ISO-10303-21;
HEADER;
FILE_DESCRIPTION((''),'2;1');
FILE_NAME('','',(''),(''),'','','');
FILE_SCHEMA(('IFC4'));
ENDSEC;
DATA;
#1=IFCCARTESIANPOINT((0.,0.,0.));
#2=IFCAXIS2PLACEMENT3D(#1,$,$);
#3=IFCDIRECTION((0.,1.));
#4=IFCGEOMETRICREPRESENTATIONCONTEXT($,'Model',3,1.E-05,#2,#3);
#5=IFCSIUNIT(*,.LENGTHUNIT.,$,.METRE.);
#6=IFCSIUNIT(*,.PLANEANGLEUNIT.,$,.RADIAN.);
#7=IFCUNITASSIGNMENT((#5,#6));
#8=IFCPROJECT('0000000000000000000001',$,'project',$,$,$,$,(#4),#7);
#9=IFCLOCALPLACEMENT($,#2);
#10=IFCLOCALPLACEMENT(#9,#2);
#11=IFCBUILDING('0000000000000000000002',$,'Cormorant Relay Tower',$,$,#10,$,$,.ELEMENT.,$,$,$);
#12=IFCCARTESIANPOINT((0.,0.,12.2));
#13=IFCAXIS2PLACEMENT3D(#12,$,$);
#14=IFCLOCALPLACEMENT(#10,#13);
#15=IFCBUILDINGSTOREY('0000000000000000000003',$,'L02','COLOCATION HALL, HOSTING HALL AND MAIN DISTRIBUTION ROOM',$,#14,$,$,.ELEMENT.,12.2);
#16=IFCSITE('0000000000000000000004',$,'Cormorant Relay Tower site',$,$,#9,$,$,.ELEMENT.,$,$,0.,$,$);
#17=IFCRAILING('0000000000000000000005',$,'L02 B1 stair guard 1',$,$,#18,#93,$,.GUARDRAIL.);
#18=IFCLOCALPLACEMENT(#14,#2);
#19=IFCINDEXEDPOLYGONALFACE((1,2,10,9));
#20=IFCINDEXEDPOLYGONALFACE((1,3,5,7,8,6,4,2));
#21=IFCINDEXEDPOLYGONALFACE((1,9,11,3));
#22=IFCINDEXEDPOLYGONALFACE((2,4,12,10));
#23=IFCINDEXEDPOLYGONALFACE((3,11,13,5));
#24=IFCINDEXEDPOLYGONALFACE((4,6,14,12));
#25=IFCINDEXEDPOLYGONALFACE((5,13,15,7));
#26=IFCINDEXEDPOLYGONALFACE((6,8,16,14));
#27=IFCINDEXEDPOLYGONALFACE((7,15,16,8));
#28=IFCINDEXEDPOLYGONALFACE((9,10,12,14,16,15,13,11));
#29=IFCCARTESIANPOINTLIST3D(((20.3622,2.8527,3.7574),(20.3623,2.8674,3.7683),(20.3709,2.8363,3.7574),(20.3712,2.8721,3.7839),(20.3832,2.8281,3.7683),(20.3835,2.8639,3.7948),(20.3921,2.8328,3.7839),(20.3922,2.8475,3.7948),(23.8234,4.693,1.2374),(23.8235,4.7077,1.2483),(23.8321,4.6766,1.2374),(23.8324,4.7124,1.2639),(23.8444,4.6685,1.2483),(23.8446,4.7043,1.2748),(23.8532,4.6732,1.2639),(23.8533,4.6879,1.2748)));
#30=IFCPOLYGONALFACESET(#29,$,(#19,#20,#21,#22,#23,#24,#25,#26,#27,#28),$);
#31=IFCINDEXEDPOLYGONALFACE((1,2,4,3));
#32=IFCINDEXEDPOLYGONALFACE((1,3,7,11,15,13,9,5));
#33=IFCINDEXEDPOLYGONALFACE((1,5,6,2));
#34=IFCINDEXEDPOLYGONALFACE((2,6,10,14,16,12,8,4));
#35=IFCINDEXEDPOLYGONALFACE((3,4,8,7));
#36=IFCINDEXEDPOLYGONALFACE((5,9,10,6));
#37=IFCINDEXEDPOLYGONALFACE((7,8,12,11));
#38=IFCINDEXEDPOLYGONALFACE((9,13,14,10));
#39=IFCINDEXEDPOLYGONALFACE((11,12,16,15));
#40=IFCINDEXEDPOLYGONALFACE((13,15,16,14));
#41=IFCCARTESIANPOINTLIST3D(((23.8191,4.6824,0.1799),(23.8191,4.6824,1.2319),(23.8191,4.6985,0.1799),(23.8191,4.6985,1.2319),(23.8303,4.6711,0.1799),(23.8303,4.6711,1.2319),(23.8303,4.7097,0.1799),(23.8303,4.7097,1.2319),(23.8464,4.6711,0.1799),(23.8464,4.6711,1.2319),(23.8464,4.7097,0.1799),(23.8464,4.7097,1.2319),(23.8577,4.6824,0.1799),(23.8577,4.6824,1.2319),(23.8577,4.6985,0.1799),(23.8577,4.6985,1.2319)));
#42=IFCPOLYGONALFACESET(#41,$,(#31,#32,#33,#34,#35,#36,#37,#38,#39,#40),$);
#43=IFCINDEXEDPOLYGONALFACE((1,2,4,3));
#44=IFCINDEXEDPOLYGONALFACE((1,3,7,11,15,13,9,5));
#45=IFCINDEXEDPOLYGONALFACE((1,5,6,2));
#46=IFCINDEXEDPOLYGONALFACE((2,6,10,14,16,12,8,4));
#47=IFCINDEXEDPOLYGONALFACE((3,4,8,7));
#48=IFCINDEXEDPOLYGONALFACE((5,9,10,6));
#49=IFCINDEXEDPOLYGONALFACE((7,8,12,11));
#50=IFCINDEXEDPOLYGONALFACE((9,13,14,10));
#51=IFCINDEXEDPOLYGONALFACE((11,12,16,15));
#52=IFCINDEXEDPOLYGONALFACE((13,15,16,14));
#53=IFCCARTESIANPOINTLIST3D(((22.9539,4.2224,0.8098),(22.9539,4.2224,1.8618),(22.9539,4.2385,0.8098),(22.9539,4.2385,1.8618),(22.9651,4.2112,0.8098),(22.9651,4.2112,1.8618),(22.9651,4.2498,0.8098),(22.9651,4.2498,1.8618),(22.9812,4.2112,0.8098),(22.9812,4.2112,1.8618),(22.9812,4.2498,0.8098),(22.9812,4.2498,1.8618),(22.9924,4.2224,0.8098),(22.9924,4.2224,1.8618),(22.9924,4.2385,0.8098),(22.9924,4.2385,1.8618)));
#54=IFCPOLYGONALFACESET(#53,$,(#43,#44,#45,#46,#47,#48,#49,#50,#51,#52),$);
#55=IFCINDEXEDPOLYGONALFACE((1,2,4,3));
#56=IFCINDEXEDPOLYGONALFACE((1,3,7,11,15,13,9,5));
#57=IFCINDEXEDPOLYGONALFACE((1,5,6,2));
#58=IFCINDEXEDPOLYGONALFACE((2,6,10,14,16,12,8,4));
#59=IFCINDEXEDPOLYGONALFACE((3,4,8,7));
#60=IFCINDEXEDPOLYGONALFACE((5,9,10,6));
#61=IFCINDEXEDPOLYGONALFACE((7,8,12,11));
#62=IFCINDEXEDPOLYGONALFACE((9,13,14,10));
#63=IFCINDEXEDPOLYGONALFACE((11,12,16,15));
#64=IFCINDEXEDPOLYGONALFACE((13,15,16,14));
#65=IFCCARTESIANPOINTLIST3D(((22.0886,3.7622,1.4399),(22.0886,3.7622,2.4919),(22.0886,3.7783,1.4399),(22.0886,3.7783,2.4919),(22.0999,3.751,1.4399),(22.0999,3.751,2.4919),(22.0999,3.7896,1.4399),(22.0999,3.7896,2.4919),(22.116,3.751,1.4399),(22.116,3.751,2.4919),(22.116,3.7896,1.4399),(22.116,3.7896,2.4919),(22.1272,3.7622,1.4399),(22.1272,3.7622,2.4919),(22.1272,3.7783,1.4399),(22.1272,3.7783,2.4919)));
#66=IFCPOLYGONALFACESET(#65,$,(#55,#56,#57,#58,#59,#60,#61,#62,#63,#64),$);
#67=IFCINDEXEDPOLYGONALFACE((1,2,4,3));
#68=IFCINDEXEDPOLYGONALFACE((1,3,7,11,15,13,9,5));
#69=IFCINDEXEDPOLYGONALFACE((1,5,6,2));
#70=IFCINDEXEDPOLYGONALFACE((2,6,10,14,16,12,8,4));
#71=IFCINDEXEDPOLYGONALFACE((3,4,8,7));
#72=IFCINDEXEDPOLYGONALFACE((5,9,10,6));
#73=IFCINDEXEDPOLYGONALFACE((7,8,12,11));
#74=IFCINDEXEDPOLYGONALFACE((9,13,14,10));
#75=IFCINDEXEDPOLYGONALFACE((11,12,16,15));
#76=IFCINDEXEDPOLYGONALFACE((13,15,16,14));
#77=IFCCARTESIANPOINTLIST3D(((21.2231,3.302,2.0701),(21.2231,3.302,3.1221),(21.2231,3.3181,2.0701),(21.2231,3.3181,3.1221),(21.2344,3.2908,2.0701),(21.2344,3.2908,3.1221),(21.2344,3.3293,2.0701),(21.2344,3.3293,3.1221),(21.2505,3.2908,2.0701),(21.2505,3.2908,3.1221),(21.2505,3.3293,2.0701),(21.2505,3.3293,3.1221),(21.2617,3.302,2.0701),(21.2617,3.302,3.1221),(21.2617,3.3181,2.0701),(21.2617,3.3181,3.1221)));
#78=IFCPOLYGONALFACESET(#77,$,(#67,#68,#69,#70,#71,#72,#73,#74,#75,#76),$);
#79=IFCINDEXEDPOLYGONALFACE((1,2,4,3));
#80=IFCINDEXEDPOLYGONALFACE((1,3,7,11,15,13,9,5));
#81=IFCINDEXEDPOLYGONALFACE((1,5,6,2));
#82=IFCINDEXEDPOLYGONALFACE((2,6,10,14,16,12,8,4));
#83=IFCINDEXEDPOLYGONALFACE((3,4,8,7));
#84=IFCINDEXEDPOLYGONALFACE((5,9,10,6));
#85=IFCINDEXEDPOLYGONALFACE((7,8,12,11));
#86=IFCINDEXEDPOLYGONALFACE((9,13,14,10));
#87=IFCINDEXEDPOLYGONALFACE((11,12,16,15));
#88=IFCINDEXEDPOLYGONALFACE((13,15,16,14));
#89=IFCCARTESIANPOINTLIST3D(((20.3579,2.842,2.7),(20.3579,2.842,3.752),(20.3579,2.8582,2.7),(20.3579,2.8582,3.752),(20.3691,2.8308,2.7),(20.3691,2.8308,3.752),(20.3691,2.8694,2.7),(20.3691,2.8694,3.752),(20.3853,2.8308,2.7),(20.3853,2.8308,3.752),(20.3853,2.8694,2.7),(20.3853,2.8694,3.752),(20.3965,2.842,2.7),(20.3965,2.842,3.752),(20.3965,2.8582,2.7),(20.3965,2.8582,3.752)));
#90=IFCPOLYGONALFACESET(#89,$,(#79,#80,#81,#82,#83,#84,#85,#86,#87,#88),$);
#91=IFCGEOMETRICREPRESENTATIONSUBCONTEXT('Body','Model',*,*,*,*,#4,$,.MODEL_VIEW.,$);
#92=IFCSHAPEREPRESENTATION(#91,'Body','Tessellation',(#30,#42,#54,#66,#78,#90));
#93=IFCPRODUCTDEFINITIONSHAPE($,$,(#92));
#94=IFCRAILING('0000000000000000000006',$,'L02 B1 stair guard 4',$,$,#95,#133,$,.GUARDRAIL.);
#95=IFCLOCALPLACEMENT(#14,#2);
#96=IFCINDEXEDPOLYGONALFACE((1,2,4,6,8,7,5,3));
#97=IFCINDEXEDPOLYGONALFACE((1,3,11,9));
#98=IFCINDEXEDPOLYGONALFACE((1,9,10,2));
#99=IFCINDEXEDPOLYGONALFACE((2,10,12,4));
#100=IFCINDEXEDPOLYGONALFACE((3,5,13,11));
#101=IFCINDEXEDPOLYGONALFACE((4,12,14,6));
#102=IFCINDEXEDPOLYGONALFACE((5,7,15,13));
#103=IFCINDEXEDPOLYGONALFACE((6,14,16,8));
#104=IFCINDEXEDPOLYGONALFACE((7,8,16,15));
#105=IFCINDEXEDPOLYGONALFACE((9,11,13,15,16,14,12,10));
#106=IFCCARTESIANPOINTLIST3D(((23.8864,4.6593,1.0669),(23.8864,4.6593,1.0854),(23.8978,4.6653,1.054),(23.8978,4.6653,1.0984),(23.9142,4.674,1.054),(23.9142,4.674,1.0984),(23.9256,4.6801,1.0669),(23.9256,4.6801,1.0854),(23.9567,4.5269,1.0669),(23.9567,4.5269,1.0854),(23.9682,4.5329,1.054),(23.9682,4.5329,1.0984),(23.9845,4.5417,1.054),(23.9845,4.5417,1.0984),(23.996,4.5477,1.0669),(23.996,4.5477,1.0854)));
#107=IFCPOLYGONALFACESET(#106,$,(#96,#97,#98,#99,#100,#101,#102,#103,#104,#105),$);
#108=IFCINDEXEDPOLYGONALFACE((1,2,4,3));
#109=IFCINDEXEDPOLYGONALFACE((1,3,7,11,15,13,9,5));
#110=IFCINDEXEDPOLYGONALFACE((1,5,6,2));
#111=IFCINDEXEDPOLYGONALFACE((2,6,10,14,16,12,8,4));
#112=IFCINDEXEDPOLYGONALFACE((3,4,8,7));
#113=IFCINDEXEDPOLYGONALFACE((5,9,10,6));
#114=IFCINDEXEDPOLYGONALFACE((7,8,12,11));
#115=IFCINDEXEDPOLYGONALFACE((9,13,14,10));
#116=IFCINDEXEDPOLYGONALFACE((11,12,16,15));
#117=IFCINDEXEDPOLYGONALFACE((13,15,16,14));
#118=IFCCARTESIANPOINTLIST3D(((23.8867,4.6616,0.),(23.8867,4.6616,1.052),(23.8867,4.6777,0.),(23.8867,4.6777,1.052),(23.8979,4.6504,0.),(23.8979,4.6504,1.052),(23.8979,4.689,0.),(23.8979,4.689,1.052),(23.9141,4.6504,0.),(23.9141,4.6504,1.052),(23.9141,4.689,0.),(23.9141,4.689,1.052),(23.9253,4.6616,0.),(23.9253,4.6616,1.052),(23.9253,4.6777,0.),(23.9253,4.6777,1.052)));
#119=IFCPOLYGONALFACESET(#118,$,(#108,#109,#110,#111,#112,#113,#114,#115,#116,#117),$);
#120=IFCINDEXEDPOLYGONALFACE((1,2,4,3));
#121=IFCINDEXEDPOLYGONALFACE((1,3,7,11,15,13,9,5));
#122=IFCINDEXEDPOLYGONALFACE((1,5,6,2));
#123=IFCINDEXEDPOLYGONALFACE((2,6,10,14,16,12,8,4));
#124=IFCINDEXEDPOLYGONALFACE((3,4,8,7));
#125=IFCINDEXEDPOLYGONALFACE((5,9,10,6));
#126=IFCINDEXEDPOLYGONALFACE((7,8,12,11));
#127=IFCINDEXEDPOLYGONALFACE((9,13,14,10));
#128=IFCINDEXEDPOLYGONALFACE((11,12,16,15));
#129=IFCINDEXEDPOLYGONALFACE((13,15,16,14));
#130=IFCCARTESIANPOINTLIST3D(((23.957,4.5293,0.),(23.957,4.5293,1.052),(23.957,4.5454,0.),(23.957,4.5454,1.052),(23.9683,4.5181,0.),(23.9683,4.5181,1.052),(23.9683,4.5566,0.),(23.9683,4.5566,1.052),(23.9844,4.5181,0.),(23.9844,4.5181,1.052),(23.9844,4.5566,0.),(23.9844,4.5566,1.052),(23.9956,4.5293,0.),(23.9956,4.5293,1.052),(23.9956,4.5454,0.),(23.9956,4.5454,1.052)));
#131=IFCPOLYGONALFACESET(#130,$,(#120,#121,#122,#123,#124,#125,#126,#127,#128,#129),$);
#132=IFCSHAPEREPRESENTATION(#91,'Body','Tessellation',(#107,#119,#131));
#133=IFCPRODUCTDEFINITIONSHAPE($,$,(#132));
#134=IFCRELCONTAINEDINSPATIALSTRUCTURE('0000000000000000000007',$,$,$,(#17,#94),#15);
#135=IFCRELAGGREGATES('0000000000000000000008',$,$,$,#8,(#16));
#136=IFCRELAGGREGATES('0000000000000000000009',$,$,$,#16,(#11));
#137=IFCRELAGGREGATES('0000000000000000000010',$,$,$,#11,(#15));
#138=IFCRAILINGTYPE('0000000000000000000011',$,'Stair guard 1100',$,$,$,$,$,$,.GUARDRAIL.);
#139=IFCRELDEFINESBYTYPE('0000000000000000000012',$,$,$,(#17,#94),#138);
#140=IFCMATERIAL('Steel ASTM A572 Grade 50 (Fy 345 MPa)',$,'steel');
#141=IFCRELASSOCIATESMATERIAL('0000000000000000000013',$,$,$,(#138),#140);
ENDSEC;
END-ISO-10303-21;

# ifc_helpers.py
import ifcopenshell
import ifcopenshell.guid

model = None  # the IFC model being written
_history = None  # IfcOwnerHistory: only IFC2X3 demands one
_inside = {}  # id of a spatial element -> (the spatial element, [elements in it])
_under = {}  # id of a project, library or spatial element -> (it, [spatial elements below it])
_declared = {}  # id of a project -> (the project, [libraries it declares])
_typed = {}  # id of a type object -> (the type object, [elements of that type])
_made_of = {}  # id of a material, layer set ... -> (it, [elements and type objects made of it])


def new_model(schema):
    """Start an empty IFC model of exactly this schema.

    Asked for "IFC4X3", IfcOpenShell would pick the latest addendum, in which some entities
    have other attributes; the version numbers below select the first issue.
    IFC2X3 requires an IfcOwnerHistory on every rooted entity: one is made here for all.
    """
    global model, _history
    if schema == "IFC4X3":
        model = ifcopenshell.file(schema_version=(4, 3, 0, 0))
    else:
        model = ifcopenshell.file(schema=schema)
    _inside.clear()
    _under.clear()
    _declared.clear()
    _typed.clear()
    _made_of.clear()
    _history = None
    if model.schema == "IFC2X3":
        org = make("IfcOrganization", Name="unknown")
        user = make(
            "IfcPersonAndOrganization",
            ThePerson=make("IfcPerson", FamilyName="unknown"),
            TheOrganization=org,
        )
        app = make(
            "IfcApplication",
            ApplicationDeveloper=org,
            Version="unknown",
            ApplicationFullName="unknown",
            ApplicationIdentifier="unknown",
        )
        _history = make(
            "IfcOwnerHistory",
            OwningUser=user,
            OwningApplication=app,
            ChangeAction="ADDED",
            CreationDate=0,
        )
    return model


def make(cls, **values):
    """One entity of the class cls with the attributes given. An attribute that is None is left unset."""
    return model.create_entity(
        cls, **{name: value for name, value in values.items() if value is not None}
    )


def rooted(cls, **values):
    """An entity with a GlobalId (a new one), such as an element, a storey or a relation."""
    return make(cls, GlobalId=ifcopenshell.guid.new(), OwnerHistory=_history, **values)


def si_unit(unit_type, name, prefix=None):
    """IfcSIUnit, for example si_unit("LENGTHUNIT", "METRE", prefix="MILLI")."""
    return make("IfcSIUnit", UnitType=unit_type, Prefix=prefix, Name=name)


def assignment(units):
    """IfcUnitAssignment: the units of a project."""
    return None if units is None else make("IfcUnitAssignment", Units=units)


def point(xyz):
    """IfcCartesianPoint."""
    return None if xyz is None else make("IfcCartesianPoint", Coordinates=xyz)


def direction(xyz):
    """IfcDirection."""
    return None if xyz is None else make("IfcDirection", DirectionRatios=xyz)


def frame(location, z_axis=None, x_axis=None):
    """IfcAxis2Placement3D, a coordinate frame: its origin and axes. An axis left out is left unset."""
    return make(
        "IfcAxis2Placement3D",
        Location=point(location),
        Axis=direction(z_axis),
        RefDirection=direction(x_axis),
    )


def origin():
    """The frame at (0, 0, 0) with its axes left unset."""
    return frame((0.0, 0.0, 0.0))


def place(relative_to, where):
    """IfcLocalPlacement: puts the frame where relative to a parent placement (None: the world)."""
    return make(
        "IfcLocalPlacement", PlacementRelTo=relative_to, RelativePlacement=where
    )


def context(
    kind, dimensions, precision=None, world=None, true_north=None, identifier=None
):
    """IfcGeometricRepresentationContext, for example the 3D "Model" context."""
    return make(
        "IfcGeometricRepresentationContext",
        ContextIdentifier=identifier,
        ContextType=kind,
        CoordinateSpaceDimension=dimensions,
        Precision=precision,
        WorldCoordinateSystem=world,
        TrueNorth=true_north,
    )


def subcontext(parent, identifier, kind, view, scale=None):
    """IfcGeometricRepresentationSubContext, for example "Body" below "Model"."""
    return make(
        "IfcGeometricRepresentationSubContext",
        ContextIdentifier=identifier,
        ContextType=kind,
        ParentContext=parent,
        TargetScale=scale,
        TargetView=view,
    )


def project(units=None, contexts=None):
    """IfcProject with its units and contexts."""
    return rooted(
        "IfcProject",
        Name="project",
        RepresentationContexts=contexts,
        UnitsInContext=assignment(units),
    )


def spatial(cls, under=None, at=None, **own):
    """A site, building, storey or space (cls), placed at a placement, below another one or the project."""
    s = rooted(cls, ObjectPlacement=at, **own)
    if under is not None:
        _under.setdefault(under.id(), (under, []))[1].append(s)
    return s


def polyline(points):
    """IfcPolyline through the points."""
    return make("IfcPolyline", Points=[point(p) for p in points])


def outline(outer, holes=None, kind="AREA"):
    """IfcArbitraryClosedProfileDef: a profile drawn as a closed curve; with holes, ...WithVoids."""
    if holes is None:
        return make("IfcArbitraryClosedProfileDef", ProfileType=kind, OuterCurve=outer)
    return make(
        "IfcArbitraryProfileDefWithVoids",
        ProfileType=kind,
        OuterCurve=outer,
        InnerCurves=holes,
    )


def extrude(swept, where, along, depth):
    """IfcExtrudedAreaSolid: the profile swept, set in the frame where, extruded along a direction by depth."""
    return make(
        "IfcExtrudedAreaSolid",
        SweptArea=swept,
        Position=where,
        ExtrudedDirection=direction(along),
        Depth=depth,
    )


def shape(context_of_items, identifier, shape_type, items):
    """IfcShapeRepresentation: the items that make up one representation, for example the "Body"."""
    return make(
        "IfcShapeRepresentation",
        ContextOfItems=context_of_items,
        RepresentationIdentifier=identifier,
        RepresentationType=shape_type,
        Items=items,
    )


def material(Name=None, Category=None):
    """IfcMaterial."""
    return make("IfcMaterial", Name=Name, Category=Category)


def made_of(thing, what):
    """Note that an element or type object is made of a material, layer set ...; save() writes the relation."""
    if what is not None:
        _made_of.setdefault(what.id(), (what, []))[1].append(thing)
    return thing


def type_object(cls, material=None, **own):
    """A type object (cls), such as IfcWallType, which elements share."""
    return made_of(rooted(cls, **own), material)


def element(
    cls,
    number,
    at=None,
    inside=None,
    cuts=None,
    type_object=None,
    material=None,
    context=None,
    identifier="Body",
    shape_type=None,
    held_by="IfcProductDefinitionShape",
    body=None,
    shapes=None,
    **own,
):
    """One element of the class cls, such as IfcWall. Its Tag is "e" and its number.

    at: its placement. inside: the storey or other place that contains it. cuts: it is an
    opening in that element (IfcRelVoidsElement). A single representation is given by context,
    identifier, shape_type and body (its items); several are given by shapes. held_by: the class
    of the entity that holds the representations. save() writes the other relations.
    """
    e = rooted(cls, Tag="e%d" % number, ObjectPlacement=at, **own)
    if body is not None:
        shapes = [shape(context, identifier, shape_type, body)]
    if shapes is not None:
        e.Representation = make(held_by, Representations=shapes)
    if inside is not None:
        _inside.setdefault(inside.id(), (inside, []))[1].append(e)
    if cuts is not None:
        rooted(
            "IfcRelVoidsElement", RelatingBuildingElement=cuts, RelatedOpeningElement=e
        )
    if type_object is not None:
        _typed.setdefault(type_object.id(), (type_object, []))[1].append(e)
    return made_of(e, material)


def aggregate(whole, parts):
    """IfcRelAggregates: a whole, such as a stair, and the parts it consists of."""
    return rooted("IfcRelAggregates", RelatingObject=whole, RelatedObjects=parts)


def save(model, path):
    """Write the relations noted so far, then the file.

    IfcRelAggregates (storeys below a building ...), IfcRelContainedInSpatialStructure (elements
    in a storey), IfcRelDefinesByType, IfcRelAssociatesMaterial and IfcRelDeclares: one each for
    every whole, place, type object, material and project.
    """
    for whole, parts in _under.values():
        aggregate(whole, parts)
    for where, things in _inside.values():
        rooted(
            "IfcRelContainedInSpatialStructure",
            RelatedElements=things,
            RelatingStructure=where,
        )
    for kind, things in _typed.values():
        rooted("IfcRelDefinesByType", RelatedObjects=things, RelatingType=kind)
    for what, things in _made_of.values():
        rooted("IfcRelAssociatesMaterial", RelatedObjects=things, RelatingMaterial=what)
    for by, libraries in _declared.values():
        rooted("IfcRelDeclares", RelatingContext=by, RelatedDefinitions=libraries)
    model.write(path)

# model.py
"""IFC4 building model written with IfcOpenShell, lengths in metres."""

from ifc_helpers import new_model, si_unit, direction, frame, origin, place, context, subcontext, project, spatial, polyline, outline, extrude, material, type_object, element, save


model = new_model("IFC4")

# Units and contexts
model_context = context("Model", 3, precision=1e-05, world=origin(), true_north=direction((0.0, 1.0)))
body_context = subcontext(model_context, "Body", "Model", "MODEL_VIEW")
ifc_project = project(units=[si_unit("LENGTHUNIT", "METRE"), si_unit("PLANEANGLEUNIT", "RADIAN")], contexts=[model_context])

# Site, building, storey
site_placement = place(None, origin())
site = spatial("IfcSite", under=ifc_project, at=site_placement, Name="Cormorant Relay Tower site", CompositionType="ELEMENT", RefElevation=0.0)
building_placement = place(site_placement, origin())
building = spatial("IfcBuilding", under=site, at=building_placement, Name="Cormorant Relay Tower", CompositionType="ELEMENT")
storey_placement = place(building_placement, frame((0.0, 0.0, 12.2)))
storey = spatial("IfcBuildingStorey", under=building, at=storey_placement, Name="L02", Description="COLOCATION HALL, HOSTING HALL AND MAIN DISTRIBUTION ROOM", CompositionType="ELEMENT", Elevation=12.2)

# Railings
ifc_material_1 = material(Name="Steel ASTM A572 Grade 50 (Fy 345 MPa)", Category="steel")
railing_type_1 = type_object("IfcRailingType", Name="Stair guard 1100", PredefinedType="GUARDRAIL", material=ifc_material_1)
railing_1_placement = place(storey_placement, frame((23.8384, 4.6904, 0.1799)))
element("IfcRailing", 1, at=railing_1_placement, inside=storey, type_object=railing_type_1, Name="L02 B1 stair guard 1", PredefinedType="GUARDRAIL", context=body_context, shape_type="SweptSolid", body=[
    extrude(outline(polyline([(0.0222, 0.0093), (0.0093, 0.0222), (-0.0093, 0.0222), (-0.0222, 0.0093), (-0.0222, -0.0093), (-0.0093, -0.0222), (0.0093, -0.0222), (0.0222, -0.0093), (0.0222, 0.0093)])), frame((0.0, 0.0, 1.0762), z_axis=(-0.742717, -0.394907, 0.540758), x_axis=(0.469469, -0.882949, 0.0)), (0.0, 0.0, 1.0), 4.6602),
    extrude(outline(polyline([(0.0193, 0.0081), (0.0081, 0.0193), (-0.0081, 0.0193), (-0.0193, 0.0081), (-0.0193, -0.0081), (-0.0081, -0.0193), (0.0081, -0.0193), (0.0193, -0.0081), (0.0193, 0.0081)])), origin(), (0.0, 0.0, 1.0), 1.052),
    extrude(outline(polyline([(0.0193, 0.0081), (0.0081, 0.0193), (-0.0081, 0.0193), (-0.0193, 0.0081), (-0.0193, -0.0081), (-0.0081, -0.0193), (0.0081, -0.0193), (0.0193, -0.0081), (0.0193, 0.0081)])), frame((-0.8652, -0.46, 0.6299)), (0.0, 0.0, 1.0), 1.052),
    extrude(outline(polyline([(0.0193, 0.0081), (0.0081, 0.0193), (-0.0081, 0.0193), (-0.0193, 0.0081), (-0.0193, -0.0081), (-0.0081, -0.0193), (0.0081, -0.0193), (0.0193, -0.0081), (0.0193, 0.0081)])), frame((-1.7305, -0.9202, 1.26)), (0.0, 0.0, 1.0), 1.052),
    extrude(outline(polyline([(0.0193, 0.0081), (0.0081, 0.0193), (-0.0081, 0.0193), (-0.0193, 0.0081), (-0.0193, -0.0081), (-0.0081, -0.0193), (0.0081, -0.0193), (0.0193, -0.0081), (0.0193, 0.0081)])), frame((-2.5959, -1.3804, 1.8901)), (0.0, 0.0, 1.0), 1.052),
    extrude(outline(polyline([(0.0193, 0.0081), (0.0081, 0.0193), (-0.0081, 0.0193), (-0.0193, 0.0081), (-0.0193, -0.0081), (-0.0081, -0.0193), (0.0081, -0.0193), (0.0193, -0.0081), (0.0193, 0.0081)])), frame((-3.4612, -1.8403, 2.52)), (0.0, 0.0, 1.0), 1.052),
])
railing_2_placement = place(storey_placement, frame((23.906, 4.6697, 0.0)))
element("IfcRailing", 2, at=railing_2_placement, inside=storey, type_object=railing_type_1, Name="L02 B1 stair guard 4", PredefinedType="GUARDRAIL", context=body_context, shape_type="SweptSolid", body=[
    extrude(outline(polyline([(0.0222, 0.0093), (0.0093, 0.0222), (-0.0093, 0.0222), (-0.0222, 0.0093), (-0.0222, -0.0093), (-0.0093, -0.0222), (0.0093, -0.0222), (0.0222, -0.0093), (0.0222, 0.0093)])), frame((0.0, 0.0, 1.0762), z_axis=(0.469235, -0.883074, 0.0), x_axis=(0.883074, 0.469235, 0.0)), (0.0, 0.0, 1.0), 0.1499),
    extrude(outline(polyline([(0.0193, 0.0081), (0.0081, 0.0193), (-0.0081, 0.0193), (-0.0193, 0.0081), (-0.0193, -0.0081), (-0.0081, -0.0193), (0.0081, -0.0193), (0.0193, -0.0081), (0.0193, 0.0081)])), origin(), (0.0, 0.0, 1.0), 1.052),
    extrude(outline(polyline([(0.0193, 0.0081), (0.0081, 0.0193), (-0.0081, 0.0193), (-0.0193, 0.0081), (-0.0193, -0.0081), (-0.0081, -0.0193), (0.0081, -0.0193), (0.0193, -0.0081), (0.0193, 0.0081)])), frame((0.0703, -0.1323, 0.0)), (0.0, 0.0, 1.0), 1.052),
])

save(model, "model.ifc")
